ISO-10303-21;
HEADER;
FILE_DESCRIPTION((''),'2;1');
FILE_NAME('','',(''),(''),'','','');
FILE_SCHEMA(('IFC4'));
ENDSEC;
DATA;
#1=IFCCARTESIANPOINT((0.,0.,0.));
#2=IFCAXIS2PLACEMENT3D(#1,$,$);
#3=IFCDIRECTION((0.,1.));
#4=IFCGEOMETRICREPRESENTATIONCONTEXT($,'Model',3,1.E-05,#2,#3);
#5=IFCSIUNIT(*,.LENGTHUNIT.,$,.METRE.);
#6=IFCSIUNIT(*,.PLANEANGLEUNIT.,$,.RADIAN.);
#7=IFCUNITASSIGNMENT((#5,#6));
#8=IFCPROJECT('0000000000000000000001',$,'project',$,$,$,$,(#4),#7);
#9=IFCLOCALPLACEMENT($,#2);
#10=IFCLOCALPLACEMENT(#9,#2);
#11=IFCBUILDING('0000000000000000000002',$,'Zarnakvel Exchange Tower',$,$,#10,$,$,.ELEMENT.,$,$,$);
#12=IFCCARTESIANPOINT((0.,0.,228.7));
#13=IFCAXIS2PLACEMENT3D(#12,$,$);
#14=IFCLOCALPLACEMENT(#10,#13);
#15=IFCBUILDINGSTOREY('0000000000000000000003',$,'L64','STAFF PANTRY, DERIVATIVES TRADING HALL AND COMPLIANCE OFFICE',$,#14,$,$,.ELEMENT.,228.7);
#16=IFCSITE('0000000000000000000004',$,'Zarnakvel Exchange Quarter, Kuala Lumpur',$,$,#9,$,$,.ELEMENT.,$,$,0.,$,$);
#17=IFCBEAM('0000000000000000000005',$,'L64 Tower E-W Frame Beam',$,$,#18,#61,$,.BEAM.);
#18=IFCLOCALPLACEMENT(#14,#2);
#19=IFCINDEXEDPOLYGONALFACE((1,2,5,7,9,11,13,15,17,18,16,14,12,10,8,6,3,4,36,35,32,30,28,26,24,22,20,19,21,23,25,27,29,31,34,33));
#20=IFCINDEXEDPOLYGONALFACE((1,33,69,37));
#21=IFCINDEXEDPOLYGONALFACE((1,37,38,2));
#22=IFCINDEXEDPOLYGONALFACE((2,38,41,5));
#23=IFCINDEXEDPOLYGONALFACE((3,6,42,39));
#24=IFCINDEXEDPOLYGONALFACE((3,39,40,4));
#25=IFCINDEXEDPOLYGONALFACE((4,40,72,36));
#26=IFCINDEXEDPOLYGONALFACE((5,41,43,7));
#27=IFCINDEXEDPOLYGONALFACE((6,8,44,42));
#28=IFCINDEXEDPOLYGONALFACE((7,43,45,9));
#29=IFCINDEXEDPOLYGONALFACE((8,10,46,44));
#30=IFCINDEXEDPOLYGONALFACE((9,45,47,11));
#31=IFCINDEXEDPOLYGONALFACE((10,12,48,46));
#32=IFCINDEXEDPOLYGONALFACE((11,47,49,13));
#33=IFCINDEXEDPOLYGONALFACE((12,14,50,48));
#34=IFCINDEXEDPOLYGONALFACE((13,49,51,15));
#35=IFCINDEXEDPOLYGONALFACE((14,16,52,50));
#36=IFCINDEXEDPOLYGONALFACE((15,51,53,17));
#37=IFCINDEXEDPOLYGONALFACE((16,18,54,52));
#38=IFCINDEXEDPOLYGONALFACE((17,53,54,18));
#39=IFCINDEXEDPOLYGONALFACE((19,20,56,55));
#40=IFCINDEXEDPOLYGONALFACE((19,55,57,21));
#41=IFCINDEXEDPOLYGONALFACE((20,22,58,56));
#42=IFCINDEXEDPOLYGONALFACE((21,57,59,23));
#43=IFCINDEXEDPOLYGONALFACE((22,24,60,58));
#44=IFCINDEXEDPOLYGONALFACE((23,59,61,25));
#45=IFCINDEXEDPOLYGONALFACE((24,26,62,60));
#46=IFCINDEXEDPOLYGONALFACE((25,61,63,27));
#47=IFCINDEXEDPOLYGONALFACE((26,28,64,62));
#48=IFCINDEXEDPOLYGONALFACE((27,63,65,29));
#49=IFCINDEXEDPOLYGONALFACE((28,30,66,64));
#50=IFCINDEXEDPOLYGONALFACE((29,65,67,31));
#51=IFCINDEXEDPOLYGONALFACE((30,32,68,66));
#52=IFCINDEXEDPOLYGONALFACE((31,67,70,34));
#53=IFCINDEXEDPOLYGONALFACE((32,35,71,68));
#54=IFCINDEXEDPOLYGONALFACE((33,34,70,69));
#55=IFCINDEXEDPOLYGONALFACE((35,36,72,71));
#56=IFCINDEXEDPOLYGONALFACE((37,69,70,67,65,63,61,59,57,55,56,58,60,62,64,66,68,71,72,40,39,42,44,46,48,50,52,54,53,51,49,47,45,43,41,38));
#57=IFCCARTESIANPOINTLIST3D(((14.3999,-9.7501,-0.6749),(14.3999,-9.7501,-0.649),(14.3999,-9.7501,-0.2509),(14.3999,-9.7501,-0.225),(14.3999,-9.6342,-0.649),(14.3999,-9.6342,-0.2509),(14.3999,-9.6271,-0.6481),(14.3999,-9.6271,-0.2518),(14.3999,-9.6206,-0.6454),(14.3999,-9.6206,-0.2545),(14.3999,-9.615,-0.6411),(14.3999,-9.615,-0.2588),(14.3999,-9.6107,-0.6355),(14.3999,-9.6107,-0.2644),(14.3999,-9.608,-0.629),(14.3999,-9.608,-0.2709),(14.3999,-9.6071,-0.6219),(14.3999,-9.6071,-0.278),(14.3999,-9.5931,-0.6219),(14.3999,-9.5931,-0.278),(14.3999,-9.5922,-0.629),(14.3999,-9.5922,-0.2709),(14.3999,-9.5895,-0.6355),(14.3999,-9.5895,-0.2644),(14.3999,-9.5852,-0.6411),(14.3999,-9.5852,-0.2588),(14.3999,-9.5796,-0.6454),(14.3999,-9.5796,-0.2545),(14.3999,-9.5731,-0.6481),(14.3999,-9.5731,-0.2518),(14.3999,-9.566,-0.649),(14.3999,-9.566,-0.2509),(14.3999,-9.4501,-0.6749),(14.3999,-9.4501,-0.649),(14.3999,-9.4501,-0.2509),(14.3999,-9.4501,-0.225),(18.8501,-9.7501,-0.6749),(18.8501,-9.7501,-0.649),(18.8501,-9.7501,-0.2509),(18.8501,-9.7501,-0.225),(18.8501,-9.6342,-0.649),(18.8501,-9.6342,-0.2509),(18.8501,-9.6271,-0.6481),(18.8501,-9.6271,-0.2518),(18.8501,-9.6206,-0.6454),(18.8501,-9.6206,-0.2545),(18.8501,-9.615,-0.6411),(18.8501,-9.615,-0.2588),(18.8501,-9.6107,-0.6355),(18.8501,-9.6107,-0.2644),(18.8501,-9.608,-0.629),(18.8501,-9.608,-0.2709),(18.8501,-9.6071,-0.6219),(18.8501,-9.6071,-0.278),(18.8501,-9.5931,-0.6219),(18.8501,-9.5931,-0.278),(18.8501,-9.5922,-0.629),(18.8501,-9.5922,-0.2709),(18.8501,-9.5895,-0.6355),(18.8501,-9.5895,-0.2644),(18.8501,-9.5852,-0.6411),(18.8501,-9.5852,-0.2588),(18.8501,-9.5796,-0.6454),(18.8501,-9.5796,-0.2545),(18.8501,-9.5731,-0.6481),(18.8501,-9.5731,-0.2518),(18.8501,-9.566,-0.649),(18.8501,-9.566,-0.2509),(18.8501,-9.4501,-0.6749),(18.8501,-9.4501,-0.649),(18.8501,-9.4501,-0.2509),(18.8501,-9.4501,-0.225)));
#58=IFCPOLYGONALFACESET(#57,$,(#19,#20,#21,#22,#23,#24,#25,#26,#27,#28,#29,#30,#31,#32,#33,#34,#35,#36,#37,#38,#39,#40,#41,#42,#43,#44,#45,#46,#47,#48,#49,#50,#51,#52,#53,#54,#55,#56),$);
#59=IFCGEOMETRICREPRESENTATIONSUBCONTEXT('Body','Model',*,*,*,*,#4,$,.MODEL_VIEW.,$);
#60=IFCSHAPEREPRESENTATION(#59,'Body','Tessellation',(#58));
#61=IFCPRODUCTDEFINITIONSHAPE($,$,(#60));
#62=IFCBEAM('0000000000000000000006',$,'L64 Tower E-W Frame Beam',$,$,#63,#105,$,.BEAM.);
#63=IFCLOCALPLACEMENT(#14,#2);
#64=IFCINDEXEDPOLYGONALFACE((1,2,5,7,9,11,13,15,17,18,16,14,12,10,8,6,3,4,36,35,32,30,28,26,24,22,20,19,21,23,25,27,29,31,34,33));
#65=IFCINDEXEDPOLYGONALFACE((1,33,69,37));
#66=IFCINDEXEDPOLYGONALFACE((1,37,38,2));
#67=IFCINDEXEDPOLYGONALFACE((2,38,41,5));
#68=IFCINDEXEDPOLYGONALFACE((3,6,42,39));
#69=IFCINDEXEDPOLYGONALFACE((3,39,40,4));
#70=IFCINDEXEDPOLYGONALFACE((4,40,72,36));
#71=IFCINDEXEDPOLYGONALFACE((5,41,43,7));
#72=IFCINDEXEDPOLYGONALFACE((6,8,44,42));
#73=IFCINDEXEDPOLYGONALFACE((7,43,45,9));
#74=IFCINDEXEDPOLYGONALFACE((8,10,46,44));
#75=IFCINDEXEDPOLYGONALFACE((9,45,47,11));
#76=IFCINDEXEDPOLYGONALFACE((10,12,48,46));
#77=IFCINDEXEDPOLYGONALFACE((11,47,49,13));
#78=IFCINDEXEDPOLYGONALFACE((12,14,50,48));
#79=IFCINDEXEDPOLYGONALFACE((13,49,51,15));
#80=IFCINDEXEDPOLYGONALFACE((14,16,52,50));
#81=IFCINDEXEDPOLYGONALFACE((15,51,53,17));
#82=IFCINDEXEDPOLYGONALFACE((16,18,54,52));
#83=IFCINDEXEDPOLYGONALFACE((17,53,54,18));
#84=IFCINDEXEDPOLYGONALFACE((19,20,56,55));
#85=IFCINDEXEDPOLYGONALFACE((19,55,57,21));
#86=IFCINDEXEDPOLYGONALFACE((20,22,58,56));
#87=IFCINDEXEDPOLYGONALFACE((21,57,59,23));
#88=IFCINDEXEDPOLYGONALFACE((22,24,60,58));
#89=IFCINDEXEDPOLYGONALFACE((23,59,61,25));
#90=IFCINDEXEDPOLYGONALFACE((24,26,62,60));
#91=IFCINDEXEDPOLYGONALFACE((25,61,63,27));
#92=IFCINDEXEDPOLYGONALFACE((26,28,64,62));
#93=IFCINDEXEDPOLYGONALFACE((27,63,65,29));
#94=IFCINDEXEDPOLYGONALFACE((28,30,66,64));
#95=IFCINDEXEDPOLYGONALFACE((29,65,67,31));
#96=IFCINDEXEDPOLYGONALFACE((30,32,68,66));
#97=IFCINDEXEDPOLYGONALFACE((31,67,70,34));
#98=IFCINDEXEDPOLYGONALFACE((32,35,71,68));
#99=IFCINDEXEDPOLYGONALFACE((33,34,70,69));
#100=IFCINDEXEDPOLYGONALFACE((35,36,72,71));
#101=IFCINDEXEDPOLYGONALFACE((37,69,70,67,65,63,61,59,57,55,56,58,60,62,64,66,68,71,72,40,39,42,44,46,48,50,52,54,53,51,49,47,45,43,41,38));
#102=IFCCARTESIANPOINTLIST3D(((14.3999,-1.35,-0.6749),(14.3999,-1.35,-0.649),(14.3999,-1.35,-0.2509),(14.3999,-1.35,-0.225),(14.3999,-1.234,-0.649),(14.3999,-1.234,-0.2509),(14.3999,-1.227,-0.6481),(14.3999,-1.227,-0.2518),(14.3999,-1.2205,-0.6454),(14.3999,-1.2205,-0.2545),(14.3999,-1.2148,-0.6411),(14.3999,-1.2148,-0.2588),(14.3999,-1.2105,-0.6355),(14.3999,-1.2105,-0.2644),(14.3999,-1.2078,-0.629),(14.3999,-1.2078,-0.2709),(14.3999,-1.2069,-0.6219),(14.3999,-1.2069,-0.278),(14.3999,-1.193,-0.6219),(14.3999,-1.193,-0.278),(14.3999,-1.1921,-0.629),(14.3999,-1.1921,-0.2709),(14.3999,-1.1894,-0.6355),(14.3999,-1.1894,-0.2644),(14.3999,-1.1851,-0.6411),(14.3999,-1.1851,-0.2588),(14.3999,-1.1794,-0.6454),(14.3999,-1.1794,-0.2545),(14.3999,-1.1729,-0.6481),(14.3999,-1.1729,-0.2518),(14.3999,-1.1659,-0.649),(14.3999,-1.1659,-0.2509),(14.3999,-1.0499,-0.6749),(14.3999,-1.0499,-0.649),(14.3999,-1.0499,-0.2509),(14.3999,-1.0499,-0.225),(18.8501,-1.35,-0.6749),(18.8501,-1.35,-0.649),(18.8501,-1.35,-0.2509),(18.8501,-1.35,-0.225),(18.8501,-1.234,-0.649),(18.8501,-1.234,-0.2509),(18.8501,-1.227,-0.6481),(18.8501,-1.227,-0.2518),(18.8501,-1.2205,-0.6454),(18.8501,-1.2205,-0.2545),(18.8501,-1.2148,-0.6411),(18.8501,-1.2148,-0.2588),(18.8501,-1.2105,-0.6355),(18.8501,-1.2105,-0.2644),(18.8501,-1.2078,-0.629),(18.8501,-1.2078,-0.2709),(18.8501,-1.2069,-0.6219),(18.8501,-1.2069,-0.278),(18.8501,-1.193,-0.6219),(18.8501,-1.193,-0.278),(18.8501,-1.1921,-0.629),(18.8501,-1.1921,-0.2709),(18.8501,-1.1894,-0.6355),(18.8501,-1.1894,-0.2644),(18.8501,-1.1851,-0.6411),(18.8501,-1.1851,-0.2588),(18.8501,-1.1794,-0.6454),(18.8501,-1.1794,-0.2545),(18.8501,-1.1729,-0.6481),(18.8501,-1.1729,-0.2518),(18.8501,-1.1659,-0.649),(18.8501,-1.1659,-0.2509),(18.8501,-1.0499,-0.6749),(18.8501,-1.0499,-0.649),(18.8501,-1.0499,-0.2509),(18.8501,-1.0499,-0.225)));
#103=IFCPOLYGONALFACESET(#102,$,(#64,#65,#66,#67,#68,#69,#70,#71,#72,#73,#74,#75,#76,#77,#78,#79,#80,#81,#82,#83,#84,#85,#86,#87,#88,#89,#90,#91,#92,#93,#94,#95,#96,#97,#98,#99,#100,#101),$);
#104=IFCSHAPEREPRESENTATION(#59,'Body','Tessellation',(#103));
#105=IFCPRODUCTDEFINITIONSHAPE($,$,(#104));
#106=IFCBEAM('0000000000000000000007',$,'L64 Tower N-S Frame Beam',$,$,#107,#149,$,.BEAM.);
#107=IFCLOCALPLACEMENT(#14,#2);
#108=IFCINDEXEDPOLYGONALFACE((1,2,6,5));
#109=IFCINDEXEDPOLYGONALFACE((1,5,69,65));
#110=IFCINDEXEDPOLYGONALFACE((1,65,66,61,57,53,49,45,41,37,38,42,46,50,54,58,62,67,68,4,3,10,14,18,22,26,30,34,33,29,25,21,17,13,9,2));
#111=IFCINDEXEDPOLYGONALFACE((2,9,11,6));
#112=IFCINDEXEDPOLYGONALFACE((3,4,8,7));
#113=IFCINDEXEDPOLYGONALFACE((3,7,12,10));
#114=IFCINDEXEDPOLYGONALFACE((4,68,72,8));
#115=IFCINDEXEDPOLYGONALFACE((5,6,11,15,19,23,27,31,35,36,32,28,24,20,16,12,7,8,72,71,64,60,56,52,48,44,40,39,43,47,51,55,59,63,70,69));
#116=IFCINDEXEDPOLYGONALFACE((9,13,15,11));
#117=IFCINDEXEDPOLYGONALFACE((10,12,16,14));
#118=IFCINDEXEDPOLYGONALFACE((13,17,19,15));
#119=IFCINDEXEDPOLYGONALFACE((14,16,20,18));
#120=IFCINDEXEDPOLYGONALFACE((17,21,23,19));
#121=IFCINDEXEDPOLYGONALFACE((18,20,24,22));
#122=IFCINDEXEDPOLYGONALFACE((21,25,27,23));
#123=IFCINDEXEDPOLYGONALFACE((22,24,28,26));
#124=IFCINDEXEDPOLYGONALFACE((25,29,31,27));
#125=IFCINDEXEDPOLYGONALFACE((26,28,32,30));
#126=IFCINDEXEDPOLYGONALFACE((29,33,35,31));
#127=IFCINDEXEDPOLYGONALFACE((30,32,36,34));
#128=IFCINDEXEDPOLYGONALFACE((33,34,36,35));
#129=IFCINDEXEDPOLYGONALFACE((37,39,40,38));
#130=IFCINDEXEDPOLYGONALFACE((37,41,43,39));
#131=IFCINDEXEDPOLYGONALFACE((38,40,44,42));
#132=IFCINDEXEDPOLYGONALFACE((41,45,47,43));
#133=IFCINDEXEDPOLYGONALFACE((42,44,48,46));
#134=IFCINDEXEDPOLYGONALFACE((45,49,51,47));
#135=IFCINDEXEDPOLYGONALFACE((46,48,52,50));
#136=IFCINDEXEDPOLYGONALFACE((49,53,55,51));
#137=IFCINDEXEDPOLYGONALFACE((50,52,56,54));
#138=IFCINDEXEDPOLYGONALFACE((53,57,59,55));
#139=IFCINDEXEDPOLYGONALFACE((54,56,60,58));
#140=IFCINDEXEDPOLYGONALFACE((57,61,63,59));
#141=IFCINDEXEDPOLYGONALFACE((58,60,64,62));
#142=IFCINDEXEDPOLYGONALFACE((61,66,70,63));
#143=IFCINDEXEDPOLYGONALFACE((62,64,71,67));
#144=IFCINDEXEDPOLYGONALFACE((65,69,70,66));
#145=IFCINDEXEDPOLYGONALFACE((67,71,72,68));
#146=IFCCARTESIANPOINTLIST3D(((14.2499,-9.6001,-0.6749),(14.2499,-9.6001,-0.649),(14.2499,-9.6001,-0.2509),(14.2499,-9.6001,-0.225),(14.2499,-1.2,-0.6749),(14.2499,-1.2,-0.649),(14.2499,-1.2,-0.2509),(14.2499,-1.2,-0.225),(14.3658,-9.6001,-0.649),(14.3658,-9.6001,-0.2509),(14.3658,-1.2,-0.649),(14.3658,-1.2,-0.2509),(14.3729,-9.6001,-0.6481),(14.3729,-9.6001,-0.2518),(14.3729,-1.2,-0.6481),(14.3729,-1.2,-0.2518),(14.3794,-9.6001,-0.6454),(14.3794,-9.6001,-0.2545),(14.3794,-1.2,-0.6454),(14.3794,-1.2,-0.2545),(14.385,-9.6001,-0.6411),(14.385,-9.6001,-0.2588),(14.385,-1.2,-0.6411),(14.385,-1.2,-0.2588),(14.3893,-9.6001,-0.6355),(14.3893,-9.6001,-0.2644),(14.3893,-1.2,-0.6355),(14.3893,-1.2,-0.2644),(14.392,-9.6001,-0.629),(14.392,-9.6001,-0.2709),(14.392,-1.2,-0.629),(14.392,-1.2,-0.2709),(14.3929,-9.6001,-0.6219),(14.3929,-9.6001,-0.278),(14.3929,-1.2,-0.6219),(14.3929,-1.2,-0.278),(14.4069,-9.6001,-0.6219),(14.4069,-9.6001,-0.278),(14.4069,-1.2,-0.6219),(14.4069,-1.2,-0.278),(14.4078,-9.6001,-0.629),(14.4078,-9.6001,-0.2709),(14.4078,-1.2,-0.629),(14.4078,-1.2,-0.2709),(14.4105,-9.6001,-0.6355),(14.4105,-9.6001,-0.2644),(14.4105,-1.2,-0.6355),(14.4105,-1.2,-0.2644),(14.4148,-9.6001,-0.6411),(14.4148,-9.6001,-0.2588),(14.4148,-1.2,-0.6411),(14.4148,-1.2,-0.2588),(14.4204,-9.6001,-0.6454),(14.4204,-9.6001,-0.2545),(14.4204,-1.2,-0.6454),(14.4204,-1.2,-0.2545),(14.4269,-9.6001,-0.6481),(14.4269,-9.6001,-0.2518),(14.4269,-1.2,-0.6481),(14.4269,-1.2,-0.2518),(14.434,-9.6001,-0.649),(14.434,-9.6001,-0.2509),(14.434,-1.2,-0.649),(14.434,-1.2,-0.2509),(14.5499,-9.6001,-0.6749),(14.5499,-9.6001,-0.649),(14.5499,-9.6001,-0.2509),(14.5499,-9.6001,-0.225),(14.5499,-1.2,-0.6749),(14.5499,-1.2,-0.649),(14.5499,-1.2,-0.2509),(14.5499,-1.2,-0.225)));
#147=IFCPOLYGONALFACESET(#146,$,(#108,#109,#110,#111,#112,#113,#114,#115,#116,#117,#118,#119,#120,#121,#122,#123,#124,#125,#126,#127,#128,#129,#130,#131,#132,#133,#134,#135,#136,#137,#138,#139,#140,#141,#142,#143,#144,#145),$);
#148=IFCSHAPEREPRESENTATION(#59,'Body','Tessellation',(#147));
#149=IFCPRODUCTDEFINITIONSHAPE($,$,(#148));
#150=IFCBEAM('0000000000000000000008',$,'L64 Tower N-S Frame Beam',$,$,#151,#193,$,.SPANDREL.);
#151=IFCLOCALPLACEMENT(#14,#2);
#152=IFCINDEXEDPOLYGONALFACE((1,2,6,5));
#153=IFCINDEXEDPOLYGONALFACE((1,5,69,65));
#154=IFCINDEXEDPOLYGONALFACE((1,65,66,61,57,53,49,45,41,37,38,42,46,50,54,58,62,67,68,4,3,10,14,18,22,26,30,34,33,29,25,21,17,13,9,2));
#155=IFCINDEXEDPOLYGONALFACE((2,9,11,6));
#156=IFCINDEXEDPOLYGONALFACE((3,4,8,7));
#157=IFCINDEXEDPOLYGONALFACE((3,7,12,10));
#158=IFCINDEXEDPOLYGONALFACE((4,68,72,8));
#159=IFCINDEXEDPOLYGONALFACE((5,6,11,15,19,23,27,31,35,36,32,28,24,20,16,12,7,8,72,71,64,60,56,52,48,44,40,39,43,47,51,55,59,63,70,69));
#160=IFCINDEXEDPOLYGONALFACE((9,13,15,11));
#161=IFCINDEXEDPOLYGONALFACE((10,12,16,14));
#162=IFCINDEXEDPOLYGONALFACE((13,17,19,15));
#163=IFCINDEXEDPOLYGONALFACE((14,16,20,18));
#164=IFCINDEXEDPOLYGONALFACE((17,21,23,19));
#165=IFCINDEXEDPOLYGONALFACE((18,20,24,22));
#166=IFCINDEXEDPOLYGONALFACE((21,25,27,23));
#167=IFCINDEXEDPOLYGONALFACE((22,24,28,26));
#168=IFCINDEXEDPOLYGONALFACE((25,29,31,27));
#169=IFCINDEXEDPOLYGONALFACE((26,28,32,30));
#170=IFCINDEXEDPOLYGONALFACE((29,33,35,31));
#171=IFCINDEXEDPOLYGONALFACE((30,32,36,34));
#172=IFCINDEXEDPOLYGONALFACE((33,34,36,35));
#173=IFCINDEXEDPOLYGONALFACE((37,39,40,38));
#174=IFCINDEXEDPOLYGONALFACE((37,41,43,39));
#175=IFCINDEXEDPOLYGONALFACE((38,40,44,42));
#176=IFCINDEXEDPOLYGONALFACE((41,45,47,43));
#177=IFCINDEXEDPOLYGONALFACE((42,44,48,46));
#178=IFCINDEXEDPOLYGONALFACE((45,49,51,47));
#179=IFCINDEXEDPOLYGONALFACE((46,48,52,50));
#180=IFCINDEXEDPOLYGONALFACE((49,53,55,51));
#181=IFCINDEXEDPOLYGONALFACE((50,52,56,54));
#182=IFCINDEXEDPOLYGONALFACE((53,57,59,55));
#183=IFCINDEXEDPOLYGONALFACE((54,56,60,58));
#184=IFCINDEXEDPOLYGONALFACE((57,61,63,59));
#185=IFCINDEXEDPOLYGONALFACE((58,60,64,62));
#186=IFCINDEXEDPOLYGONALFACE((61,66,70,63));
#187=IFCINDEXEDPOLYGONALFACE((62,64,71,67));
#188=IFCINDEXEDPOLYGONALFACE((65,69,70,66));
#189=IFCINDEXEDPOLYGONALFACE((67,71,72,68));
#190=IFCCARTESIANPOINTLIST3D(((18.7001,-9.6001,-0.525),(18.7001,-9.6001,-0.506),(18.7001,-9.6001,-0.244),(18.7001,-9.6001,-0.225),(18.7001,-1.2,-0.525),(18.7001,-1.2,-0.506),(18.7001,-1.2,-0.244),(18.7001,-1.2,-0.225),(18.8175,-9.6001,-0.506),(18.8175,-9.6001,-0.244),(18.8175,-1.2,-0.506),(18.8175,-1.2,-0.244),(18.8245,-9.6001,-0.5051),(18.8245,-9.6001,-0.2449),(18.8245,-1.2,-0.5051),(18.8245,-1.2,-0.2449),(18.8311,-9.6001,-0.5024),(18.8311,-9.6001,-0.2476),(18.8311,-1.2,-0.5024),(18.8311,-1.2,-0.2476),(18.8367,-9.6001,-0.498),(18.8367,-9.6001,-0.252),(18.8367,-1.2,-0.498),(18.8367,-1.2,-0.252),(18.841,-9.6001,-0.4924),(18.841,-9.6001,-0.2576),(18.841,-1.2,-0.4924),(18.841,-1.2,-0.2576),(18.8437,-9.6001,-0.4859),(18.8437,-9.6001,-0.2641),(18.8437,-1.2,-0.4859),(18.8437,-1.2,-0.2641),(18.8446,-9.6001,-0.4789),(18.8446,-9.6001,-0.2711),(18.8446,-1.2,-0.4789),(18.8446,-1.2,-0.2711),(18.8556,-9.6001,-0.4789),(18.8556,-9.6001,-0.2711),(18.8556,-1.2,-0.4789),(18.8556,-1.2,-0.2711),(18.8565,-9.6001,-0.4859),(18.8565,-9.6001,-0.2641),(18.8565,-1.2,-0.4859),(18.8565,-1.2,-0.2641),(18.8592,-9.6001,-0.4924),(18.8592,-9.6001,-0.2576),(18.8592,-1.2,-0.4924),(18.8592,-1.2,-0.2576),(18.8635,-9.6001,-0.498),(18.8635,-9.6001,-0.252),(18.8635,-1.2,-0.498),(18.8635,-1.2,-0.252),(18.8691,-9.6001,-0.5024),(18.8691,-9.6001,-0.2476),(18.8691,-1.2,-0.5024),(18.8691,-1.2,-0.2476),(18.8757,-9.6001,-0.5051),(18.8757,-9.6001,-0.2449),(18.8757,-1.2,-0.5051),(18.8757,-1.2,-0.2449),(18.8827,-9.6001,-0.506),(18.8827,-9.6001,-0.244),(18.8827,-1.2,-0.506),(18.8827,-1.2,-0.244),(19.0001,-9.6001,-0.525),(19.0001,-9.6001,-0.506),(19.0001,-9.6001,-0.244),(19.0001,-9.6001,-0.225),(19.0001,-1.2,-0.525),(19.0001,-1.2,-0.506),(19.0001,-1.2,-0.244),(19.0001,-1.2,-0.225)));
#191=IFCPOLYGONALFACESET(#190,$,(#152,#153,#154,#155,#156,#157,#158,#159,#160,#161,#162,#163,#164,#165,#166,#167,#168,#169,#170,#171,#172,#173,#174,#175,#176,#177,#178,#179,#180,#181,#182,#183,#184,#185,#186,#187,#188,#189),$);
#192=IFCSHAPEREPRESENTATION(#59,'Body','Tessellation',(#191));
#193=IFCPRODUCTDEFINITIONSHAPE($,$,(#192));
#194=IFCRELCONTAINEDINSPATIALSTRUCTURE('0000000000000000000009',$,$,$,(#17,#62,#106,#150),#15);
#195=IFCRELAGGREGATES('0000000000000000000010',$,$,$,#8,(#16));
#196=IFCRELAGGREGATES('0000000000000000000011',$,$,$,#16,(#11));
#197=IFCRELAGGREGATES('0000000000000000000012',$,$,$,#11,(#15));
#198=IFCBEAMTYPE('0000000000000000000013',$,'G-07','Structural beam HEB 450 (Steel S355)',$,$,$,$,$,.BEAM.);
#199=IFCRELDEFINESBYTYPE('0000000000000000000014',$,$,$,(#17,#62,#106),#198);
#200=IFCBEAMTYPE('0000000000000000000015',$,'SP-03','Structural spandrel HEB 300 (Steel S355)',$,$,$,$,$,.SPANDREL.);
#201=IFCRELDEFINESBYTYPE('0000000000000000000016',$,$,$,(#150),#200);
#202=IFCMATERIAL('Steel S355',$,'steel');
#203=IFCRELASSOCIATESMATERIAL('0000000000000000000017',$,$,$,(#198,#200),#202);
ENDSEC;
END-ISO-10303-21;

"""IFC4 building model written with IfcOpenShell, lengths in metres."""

from ifc_helpers import new_model, si_unit, direction, frame, origin, origin_2d, place, context, subcontext, project, spatial, i_section, extrude, material, material_profile, profile_set, type_object, element, save


model = new_model("IFC4")

# Units and contexts
model_context = context("Model", 3, precision=1e-05, world=origin(), true_north=direction((0.0, 1.0)))
body_context = subcontext(model_context, "Body", "Model", "MODEL_VIEW")
ifc_project = project(units=[si_unit("LENGTHUNIT", "METRE"), si_unit("PLANEANGLEUNIT", "RADIAN")], contexts=[model_context])

# Site, building, storey
site_placement = place(None, origin())
site = spatial("IfcSite", under=ifc_project, at=site_placement, Name="Zarnakvel Exchange Quarter, Kuala Lumpur", CompositionType="ELEMENT", RefElevation=0.0)
building_placement = place(site_placement, origin())
building = spatial("IfcBuilding", under=site, at=building_placement, Name="Zarnakvel Exchange Tower", CompositionType="ELEMENT")
storey_placement = place(building_placement, frame((0.0, 0.0, 228.7)))
storey = spatial("IfcBuildingStorey", under=building, at=storey_placement, Name="L64", Description="STAFF PANTRY, DERIVATIVES TRADING HALL AND COMPLIANCE OFFICE", CompositionType="ELEMENT", Elevation=228.7)

# Shared definitions
ifc_material_1 = material(Name="Steel S355", Category="steel")

# Beams
ifc_material_profile_1 = material_profile(ifc_material_1, i_section(OverallWidth=0.3, OverallDepth=0.45, WebThickness=0.0139, FlangeThickness=0.0259, FilletRadius=0.0271, at=origin_2d()))
ifc_profile_set_1 = profile_set([ifc_material_profile_1], Name="Steel S355")
beam_type_1 = type_object("IfcBeamType", Name="G-07", Description="Structural beam HEB 450 (Steel S355)", PredefinedType="BEAM", material=ifc_profile_set_1)
for number, where, z_axis, x_axis, name in (
    (1, (14.3999, -9.6001, -0.45), (1.0, 0.0, 0.0), (0.0, 1.0, 0.0), "L64 Tower E-W Frame Beam"),
    (2, (14.3999, -1.2, -0.45), (1.0, 0.0, 0.0), (0.0, 1.0, 0.0), "L64 Tower E-W Frame Beam"),
):
    element("IfcBeam", number, at=place(storey_placement, frame(where, z_axis=z_axis, x_axis=x_axis)), inside=storey, type_object=beam_type_1, Name=name, PredefinedType="BEAM", context=body_context, shape_type="SweptSolid", body=[
        extrude(i_section(OverallWidth=0.3, OverallDepth=0.45, WebThickness=0.0139, FlangeThickness=0.0259, FilletRadius=0.0271, at=origin_2d()), origin(), (0.0, 0.0, 1.0), 4.4502),
    ])
beam_1_placement = place(storey_placement, frame((14.3999, -9.6001, -0.45), z_axis=(0.0, 1.0, 0.0), x_axis=(-1.0, 0.0, 0.0)))
element("IfcBeam", 3, at=beam_1_placement, inside=storey, type_object=beam_type_1, Name="L64 Tower N-S Frame Beam", PredefinedType="BEAM", context=body_context, shape_type="SweptSolid", body=[
    extrude(i_section(OverallWidth=0.3, OverallDepth=0.45, WebThickness=0.0139, FlangeThickness=0.0259, FilletRadius=0.0271, at=origin_2d()), origin(), (0.0, 0.0, 1.0), 8.4001),
])
ifc_material_profile_2 = material_profile(ifc_material_1, i_section(OverallWidth=0.3, OverallDepth=0.3, WebThickness=0.011, FlangeThickness=0.019, FilletRadius=0.0271, at=origin_2d()))
ifc_profile_set_2 = profile_set([ifc_material_profile_2], Name="Steel S355")
beam_type_2 = type_object("IfcBeamType", Name="SP-03", Description="Structural spandrel HEB 300 (Steel S355)", PredefinedType="SPANDREL", material=ifc_profile_set_2)
beam_2_placement = place(storey_placement, frame((18.8501, -9.6001, -0.375), z_axis=(0.0, 1.0, 0.0), x_axis=(-1.0, 0.0, 0.0)))
element("IfcBeam", 4, at=beam_2_placement, inside=storey, type_object=beam_type_2, Name="L64 Tower N-S Frame Beam", PredefinedType="SPANDREL", context=body_context, shape_type="SweptSolid", body=[
    extrude(i_section(OverallWidth=0.3, OverallDepth=0.3, WebThickness=0.011, FlangeThickness=0.019, FilletRadius=0.0271, at=origin_2d()), origin(), (0.0, 0.0, 1.0), 8.4001),
])

save(model, "model.ifc")
